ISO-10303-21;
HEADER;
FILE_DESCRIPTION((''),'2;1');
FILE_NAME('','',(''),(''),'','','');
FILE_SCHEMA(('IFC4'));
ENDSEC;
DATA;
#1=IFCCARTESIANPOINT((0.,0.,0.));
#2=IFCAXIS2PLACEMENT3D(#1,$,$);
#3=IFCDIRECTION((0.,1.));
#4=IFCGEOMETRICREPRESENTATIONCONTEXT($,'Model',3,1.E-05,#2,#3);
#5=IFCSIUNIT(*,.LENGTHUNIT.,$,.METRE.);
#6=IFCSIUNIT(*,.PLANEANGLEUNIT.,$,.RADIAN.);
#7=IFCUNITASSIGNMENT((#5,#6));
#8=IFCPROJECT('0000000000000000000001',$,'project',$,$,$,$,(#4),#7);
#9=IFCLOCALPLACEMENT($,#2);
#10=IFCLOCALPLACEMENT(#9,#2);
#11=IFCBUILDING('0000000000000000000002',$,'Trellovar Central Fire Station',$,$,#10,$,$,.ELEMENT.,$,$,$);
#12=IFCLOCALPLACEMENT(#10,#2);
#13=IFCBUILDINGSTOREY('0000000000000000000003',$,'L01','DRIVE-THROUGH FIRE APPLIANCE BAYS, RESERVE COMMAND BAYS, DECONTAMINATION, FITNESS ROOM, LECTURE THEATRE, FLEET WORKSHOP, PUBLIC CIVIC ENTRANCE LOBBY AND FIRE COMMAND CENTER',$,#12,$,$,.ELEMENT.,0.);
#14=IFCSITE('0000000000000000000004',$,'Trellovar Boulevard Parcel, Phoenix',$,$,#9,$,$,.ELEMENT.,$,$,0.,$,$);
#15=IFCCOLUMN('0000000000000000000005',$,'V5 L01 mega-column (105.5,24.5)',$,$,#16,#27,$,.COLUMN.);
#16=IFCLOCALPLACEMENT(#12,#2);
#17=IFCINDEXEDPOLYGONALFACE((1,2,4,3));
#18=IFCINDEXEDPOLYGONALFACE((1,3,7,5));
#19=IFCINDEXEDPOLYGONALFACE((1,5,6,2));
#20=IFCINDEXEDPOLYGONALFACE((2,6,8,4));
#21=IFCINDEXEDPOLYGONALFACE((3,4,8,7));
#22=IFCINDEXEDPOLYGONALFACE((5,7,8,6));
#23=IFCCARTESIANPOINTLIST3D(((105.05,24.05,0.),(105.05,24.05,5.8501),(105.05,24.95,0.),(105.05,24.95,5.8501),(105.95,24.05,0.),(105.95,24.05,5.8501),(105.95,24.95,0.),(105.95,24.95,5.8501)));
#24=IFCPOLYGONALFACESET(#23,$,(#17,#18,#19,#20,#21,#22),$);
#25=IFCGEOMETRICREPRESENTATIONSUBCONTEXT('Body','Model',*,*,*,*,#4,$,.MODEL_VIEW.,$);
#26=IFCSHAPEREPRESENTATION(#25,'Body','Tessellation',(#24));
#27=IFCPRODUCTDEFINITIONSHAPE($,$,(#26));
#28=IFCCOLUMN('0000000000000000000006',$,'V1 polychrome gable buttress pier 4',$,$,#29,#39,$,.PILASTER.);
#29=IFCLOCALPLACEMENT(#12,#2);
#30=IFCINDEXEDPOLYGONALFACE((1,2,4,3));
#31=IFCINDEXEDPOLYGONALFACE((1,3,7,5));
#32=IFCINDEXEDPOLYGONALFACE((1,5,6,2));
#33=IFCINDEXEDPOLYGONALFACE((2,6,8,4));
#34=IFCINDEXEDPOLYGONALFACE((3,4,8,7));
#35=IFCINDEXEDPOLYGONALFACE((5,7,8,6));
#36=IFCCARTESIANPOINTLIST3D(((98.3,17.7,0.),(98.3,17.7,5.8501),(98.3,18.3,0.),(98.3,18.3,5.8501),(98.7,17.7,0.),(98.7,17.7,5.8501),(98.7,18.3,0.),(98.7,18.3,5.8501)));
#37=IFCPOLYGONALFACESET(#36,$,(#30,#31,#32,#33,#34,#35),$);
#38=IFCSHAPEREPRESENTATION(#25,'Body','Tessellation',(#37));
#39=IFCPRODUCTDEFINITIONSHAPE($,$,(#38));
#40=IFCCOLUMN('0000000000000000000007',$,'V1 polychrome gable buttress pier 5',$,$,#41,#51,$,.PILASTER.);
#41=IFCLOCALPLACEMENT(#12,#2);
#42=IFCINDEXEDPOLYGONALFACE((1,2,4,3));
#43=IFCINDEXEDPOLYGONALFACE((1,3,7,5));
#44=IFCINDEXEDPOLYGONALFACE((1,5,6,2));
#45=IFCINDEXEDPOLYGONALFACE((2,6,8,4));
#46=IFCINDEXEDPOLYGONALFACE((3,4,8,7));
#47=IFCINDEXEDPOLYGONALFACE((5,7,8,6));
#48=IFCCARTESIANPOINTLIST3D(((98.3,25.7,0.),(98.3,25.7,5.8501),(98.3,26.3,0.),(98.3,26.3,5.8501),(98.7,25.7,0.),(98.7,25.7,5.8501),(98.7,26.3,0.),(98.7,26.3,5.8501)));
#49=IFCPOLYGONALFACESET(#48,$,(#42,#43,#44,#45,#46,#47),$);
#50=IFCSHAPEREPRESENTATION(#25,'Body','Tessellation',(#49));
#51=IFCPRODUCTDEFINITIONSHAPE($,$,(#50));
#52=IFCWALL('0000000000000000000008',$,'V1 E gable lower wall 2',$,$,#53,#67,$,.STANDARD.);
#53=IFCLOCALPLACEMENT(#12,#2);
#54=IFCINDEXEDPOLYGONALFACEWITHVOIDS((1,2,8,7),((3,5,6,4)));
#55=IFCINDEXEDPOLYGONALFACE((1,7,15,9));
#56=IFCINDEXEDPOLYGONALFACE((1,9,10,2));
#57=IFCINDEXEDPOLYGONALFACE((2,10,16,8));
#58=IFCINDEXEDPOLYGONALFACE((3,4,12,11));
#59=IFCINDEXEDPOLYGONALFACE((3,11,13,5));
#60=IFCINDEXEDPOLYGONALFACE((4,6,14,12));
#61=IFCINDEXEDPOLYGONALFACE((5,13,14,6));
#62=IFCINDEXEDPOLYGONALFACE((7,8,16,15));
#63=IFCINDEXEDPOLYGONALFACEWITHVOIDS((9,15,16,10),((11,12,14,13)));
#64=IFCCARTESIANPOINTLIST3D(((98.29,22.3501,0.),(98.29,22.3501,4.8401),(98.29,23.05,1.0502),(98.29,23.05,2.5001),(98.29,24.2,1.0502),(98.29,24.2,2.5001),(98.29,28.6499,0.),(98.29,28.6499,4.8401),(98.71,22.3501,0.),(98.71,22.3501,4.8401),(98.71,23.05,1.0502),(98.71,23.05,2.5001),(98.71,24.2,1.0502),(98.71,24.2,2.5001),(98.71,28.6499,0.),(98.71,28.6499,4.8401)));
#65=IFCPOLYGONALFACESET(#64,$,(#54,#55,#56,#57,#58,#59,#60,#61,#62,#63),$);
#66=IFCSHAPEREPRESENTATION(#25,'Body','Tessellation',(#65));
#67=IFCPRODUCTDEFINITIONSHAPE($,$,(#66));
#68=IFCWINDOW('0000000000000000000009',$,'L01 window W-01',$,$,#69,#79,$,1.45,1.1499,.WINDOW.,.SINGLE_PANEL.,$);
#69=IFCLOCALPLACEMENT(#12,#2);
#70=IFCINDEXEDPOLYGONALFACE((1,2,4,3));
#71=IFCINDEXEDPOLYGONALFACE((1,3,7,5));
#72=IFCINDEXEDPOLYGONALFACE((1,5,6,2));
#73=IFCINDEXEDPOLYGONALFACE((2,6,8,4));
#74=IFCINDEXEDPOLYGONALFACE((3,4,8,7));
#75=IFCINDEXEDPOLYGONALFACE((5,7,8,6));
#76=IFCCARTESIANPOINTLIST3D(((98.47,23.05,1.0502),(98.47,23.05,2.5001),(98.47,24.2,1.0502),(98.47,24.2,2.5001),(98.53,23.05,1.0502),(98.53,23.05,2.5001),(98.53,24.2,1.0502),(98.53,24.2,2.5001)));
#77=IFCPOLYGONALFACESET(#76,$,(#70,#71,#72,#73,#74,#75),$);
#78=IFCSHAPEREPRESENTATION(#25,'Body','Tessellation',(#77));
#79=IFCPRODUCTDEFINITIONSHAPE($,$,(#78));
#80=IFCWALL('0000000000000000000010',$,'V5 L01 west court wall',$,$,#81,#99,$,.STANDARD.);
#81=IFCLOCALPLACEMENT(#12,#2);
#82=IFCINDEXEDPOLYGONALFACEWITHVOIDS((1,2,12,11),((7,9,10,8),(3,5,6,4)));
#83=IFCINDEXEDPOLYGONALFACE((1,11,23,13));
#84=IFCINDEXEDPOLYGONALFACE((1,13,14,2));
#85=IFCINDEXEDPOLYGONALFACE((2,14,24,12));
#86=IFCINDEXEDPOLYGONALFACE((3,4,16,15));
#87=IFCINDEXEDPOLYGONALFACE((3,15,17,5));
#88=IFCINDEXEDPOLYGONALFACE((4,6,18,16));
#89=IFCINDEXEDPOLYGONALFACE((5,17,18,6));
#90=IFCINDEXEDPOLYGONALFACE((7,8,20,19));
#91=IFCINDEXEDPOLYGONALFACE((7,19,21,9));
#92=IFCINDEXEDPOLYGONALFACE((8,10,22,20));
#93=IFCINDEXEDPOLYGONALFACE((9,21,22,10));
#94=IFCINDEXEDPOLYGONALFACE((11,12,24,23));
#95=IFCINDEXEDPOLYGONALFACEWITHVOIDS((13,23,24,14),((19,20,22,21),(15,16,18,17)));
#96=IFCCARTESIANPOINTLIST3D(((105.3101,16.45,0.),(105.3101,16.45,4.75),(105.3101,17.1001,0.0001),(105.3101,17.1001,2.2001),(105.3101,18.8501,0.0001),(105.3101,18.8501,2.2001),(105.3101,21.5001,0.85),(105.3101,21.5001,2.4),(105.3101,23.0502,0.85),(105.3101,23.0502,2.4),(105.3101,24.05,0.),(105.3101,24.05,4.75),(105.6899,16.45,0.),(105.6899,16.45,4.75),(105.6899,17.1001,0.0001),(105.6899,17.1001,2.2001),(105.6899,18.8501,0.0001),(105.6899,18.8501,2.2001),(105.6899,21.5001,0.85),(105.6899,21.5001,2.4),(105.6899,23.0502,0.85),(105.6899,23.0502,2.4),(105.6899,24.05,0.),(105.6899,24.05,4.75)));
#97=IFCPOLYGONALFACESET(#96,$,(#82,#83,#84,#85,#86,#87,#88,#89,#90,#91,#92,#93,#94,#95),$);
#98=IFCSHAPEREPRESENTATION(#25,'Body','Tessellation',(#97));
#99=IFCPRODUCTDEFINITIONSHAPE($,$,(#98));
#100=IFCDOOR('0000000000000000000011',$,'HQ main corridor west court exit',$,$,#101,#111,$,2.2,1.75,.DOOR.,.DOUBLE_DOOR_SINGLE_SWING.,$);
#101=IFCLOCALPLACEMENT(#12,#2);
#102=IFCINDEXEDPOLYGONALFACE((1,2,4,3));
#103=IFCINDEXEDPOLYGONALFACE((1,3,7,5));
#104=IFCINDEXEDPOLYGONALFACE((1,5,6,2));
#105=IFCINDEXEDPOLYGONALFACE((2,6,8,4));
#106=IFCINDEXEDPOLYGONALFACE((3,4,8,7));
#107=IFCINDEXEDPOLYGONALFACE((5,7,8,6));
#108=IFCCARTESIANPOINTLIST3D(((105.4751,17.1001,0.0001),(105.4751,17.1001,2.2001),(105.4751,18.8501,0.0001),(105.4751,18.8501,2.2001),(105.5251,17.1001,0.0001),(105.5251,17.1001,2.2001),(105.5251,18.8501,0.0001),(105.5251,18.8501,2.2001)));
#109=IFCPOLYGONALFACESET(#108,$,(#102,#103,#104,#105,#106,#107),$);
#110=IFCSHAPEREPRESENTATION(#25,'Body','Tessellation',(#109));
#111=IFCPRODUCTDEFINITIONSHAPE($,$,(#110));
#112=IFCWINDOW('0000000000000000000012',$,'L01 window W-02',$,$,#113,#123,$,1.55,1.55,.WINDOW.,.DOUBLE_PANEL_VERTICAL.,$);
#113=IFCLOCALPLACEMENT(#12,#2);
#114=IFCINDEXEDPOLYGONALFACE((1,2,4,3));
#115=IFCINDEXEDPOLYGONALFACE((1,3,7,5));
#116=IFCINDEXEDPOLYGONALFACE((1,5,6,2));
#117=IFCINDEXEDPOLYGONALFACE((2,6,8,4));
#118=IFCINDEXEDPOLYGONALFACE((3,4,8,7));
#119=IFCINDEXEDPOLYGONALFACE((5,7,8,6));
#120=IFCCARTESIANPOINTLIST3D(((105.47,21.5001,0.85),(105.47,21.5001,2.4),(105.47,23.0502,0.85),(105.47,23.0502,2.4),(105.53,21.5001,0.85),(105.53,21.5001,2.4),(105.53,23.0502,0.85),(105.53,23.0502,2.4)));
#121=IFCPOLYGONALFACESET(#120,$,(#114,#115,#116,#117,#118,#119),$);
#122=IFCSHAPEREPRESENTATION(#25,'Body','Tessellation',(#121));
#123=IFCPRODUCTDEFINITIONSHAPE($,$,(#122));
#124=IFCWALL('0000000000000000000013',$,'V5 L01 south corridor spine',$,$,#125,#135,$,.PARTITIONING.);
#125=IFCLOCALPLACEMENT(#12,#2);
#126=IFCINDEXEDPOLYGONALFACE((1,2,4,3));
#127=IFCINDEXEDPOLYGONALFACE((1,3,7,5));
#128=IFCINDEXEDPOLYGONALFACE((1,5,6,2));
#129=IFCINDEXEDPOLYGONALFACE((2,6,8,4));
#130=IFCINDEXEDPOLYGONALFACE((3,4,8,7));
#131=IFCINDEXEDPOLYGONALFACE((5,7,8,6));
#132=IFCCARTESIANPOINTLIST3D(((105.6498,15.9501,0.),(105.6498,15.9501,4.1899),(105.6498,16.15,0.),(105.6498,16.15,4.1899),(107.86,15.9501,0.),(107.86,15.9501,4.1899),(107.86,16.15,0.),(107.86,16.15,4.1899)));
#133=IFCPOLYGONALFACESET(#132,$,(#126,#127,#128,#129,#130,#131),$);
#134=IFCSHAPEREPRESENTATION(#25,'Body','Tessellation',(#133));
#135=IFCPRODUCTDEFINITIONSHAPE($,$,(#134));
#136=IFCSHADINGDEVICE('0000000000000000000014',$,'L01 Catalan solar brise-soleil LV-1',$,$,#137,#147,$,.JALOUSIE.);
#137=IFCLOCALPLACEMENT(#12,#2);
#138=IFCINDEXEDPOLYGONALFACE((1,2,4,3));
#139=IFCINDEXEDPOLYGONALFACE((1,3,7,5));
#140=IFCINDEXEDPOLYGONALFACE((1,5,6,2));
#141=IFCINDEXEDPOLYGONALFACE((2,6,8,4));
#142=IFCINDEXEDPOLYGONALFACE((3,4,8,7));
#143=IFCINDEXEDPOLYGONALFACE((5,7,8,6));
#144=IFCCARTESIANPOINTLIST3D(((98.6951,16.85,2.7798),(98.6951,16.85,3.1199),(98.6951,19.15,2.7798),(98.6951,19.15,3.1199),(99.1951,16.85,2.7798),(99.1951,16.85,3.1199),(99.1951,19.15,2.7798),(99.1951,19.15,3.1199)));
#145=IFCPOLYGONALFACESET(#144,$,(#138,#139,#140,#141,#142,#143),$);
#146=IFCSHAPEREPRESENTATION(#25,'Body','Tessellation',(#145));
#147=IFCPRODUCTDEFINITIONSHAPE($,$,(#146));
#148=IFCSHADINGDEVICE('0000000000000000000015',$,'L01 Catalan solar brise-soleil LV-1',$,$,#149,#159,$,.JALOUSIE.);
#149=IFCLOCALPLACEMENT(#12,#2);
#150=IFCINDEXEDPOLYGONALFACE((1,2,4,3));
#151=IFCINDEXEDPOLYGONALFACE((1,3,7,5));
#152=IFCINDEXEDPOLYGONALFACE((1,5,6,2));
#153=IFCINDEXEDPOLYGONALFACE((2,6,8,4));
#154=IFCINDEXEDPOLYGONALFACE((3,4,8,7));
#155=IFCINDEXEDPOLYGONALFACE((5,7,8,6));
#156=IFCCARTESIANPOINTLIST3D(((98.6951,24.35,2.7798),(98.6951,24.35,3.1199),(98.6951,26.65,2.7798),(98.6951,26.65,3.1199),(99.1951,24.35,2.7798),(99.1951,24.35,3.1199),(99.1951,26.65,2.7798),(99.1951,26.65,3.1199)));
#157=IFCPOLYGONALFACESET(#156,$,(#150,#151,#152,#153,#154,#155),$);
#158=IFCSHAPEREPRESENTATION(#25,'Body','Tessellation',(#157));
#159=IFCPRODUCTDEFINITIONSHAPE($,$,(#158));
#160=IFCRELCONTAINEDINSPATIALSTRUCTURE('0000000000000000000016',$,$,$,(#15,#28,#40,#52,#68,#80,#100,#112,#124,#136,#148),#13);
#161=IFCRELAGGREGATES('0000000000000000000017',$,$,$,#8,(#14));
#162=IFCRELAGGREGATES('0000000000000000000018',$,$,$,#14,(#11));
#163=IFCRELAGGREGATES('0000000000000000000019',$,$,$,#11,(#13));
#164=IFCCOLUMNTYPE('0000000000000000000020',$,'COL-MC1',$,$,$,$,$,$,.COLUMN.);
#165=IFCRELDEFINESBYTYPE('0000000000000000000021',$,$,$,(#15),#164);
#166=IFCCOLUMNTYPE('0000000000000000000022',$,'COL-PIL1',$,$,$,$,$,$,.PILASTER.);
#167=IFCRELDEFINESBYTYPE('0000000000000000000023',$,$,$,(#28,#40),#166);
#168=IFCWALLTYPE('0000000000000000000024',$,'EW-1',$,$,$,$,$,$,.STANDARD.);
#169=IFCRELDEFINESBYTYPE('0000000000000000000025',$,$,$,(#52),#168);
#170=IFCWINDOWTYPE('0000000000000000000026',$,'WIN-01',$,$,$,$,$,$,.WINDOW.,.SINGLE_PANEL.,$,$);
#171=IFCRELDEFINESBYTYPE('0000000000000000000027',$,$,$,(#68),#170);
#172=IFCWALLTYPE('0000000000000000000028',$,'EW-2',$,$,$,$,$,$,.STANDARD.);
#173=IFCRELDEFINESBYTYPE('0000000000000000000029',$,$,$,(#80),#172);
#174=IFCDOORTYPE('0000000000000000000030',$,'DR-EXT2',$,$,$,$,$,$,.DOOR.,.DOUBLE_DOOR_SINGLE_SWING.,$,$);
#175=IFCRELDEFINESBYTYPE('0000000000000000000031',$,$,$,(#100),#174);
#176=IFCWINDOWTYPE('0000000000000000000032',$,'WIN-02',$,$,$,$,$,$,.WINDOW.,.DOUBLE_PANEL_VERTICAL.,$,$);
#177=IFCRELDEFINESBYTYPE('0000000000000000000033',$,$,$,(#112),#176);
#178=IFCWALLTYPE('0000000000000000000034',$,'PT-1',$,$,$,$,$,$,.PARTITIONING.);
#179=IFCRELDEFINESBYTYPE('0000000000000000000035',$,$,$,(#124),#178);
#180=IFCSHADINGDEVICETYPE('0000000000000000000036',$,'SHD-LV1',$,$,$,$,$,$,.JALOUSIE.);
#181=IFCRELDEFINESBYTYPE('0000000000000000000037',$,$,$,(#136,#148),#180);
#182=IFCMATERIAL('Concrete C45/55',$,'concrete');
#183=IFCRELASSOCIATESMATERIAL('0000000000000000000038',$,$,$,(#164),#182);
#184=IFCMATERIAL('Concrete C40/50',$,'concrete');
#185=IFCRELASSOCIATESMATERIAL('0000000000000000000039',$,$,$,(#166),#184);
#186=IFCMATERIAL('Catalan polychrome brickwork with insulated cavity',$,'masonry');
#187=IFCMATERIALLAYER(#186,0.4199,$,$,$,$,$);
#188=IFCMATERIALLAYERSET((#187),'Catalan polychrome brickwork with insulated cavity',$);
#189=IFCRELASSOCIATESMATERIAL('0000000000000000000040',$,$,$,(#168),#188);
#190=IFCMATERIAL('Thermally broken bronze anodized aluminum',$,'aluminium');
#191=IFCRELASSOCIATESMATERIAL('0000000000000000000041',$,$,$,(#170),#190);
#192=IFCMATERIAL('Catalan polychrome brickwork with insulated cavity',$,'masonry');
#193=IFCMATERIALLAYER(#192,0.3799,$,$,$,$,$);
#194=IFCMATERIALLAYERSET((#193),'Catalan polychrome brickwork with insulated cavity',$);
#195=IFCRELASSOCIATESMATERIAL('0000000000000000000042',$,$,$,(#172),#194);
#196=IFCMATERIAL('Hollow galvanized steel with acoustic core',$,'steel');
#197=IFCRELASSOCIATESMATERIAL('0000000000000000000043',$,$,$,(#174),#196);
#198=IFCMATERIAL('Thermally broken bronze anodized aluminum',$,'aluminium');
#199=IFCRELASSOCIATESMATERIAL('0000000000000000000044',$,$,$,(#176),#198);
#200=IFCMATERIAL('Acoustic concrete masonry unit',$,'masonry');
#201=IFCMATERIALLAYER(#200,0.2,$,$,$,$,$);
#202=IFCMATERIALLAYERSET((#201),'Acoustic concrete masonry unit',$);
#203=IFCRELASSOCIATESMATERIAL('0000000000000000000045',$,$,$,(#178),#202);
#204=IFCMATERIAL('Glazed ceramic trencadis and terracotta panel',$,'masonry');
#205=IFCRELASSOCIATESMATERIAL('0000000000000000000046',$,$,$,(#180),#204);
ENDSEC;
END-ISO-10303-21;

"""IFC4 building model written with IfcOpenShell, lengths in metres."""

from ifc_helpers import new_model, si_unit, direction, frame, frame_2d, origin, origin_2d, place, context, subcontext, project, spatial, rectangle, extrude, material, layer, layer_set, material_profile, profile_set, type_object, element, fill, save


model = new_model("IFC4")

# Units and contexts
model_context = context("Model", 3, precision=1e-05, world=origin(), true_north=direction((0.0, 1.0)))
body_context = subcontext(model_context, "Body", "Model", "MODEL_VIEW")
ifc_project = project(units=[si_unit("LENGTHUNIT", "METRE"), si_unit("PLANEANGLEUNIT", "RADIAN")], contexts=[model_context])

# Site, building, storey
site_placement = place(None, origin())
site = spatial("IfcSite", under=ifc_project, at=site_placement, Name="Trellovar Boulevard Parcel, Phoenix", CompositionType="ELEMENT", RefElevation=0.0)
building_placement = place(site_placement, origin())
building = spatial("IfcBuilding", under=site, at=building_placement, Name="Trellovar Central Fire Station", CompositionType="ELEMENT")
storey_placement = place(building_placement, origin())
storey = spatial("IfcBuildingStorey", under=building, at=storey_placement, Name="L01", Description="DRIVE-THROUGH FIRE APPLIANCE BAYS, RESERVE COMMAND BAYS, DECONTAMINATION, FITNESS ROOM, LECTURE THEATRE, FLEET WORKSHOP, PUBLIC CIVIC ENTRANCE LOBBY AND FIRE COMMAND CENTER", CompositionType="ELEMENT", Elevation=0.0)

# Columns
ifc_material_1 = material(Name="Concrete C45/55", Category="concrete")
ifc_material_profile_1 = material_profile(ifc_material_1, rectangle(XDim=0.8999, YDim=0.8999, at=origin_2d()), Name="RC900X900")
ifc_profile_set_1 = profile_set([ifc_material_profile_1], Name="Concrete C45/55")
column_type_1 = type_object("IfcColumnType", Name="COL-MC1", PredefinedType="COLUMN", material=ifc_profile_set_1)
column_1_placement = place(storey_placement, frame((105.5, 24.5, 0.0), z_axis=(0.0, 0.0, 1.0), x_axis=(1.0, 0.0, 0.0)))
element("IfcColumn", 1, at=column_1_placement, inside=storey, type_object=column_type_1, Name="V5 L01 mega-column (105.5,24.5)", PredefinedType="COLUMN", context=body_context, shape_type="SweptSolid", body=[
    extrude(rectangle(XDim=0.8999, YDim=0.8999, at=origin_2d()), origin(), (0.0, 0.0, 1.0), 5.8501),
])
ifc_material_2 = material(Name="Concrete C40/50", Category="concrete")
ifc_material_profile_2 = material_profile(ifc_material_2, rectangle(XDim=0.3999, YDim=0.6001, at=origin_2d()), Name="RC400X600")
ifc_profile_set_2 = profile_set([ifc_material_profile_2], Name="Concrete C40/50")
column_type_2 = type_object("IfcColumnType", Name="COL-PIL1", PredefinedType="PILASTER", material=ifc_profile_set_2)
for number, where, z_axis, x_axis, name in (
    (2, (98.5, 18.0, 0.0), (0.0, 0.0, 1.0), (1.0, 0.0, 0.0), "V1 polychrome gable buttress pier 4"),
    (3, (98.5, 26.0, 0.0), (0.0, 0.0, 1.0), (1.0, 0.0, 0.0), "V1 polychrome gable buttress pier 5"),
):
    element("IfcColumn", number, at=place(storey_placement, frame(where, z_axis=z_axis, x_axis=x_axis)), inside=storey, type_object=column_type_2, Name=name, PredefinedType="PILASTER", context=body_context, shape_type="SweptSolid", body=[
        extrude(rectangle(XDim=0.3999, YDim=0.6001, at=origin_2d()), origin(), (0.0, 0.0, 1.0), 5.8501),
    ])

# Wall, opening, window
ifc_material_3 = material(Name="Catalan polychrome brickwork with insulated cavity", Category="masonry")
ifc_layer_1 = layer(ifc_material_3, 0.4199)
ifc_layer_set_1 = layer_set([ifc_layer_1], Name="Catalan polychrome brickwork with insulated cavity")
wall_type_1 = type_object("IfcWallType", Name="EW-1", PredefinedType="STANDARD", material=ifc_layer_set_1)
wall_1_placement = place(storey_placement, frame((98.5, 22.3501, 0.0), z_axis=(0.0, 0.0, 1.0), x_axis=(0.0, 1.0, 0.0)))
wall_1 = element("IfcWall", 4, at=wall_1_placement, inside=storey, type_object=wall_type_1, Name="V1 E gable lower wall 2", PredefinedType="STANDARD", context=body_context, shape_type="SweptSolid", body=[
    extrude(rectangle(XDim=6.2998, YDim=0.4199, at=frame_2d((3.1499, 0.0))), origin(), (0.0, 0.0, 1.0), 4.8401),
])
opening_1_placement = place(wall_1_placement, frame((0.7, 0.0, 1.05)))
opening_1 = element("IfcOpeningElement", 5, at=opening_1_placement, cuts=wall_1, PredefinedType="OPENING", context=body_context, shape_type="SweptSolid", body=[
    extrude(rectangle(XDim=1.1499, YDim=1.45, at=frame_2d((0.575, 0.7251))), frame((0.0, 0.22, 0.0), z_axis=(0.0, -1.0, 0.0), x_axis=(1.0, 0.0, 0.0)), (0.0, 0.0, 1.0), 0.4399),
])
ifc_material_4 = material(Name="Thermally broken bronze anodized aluminum", Category="aluminium")
window_type_1 = type_object("IfcWindowType", Name="WIN-01", PartitioningType="SINGLE_PANEL", PredefinedType="WINDOW", material=ifc_material_4)
window_1_placement = place(opening_1_placement, origin())
window_1 = element("IfcWindow", 6, at=window_1_placement, inside=storey, type_object=window_type_1, Name="L01 window W-01", OverallHeight=1.45, OverallWidth=1.1499, PartitioningType="SINGLE_PANEL", PredefinedType="WINDOW", context=body_context, shape_type="SweptSolid", body=[
    extrude(rectangle(XDim=1.1499, YDim=1.45, at=frame_2d((0.575, 0.7251))), frame((0.0, 0.03, 0.0), z_axis=(0.0, -1.0, 0.0), x_axis=(1.0, 0.0, 0.0)), (0.0, 0.0, 1.0), 0.0601),
])
fill(opening_1, window_1)

# Wall, openings, door, window
ifc_material_5 = material(Name="Catalan polychrome brickwork with insulated cavity", Category="masonry")
ifc_layer_2 = layer(ifc_material_5, 0.3799)
ifc_layer_set_2 = layer_set([ifc_layer_2], Name="Catalan polychrome brickwork with insulated cavity")
wall_type_2 = type_object("IfcWallType", Name="EW-2", PredefinedType="STANDARD", material=ifc_layer_set_2)
wall_2_placement = place(storey_placement, frame((105.5, 24.05, 0.0), z_axis=(0.0, 0.0, 1.0), x_axis=(0.0, -1.0, 0.0)))
wall_2 = element("IfcWall", 7, at=wall_2_placement, inside=storey, type_object=wall_type_2, Name="V5 L01 west court wall", PredefinedType="STANDARD", context=body_context, shape_type="SweptSolid", body=[
    extrude(rectangle(XDim=7.6001, YDim=0.3799, at=frame_2d((3.8, 0.0))), origin(), (0.0, 0.0, 1.0), 4.75),
])
opening_2_placement = place(wall_2_placement, frame((5.2, 0.0, 0.0)))
opening_2 = element("IfcOpeningElement", 8, at=opening_2_placement, cuts=wall_2, PredefinedType="OPENING", context=body_context, shape_type="SweptSolid", body=[
    extrude(rectangle(XDim=1.75, YDim=2.2, at=frame_2d((0.875, 1.1001))), frame((0.0, 0.2, 0.0), z_axis=(0.0, -1.0, 0.0), x_axis=(1.0, 0.0, 0.0)), (0.0, 0.0, 1.0), 0.3999),
])
opening_3_placement = place(wall_2_placement, frame((1.0, 0.0, 0.8501)))
opening_3 = element("IfcOpeningElement", 9, at=opening_3_placement, cuts=wall_2, PredefinedType="OPENING", context=body_context, shape_type="SweptSolid", body=[
    extrude(rectangle(XDim=1.55, YDim=1.55, at=frame_2d((0.7749, 0.7749))), frame((0.0, 0.2, 0.0), z_axis=(0.0, -1.0, 0.0), x_axis=(1.0, 0.0, 0.0)), (0.0, 0.0, 1.0), 0.3999),
])
ifc_material_6 = material(Name="Hollow galvanized steel with acoustic core", Category="steel")
door_type = type_object("IfcDoorType", Name="DR-EXT2", OperationType="DOUBLE_DOOR_SINGLE_SWING", PredefinedType="DOOR", material=ifc_material_6)
door_placement = place(opening_2_placement, frame((1.75, 0.0, 0.0), z_axis=(0.0, 0.0, 1.0), x_axis=(-1.0, 0.0, 0.0)))
door = element("IfcDoor", 10, at=door_placement, inside=storey, type_object=door_type, Name="HQ main corridor west court exit", OperationType="DOUBLE_DOOR_SINGLE_SWING", OverallHeight=2.2, OverallWidth=1.75, PredefinedType="DOOR", context=body_context, shape_type="SweptSolid", body=[
    extrude(rectangle(XDim=1.75, YDim=2.2, at=frame_2d((0.875, 1.1001))), frame((0.0, 0.0249, 0.0), z_axis=(0.0, -1.0, 0.0), x_axis=(1.0, 0.0, 0.0)), (0.0, 0.0, 1.0), 0.05),
])
fill(opening_2, door)
ifc_material_7 = material(Name="Thermally broken bronze anodized aluminum", Category="aluminium")
window_type_2 = type_object("IfcWindowType", Name="WIN-02", PartitioningType="DOUBLE_PANEL_VERTICAL", PredefinedType="WINDOW", material=ifc_material_7)
window_2_placement = place(opening_3_placement, origin())
window_2 = element("IfcWindow", 11, at=window_2_placement, inside=storey, type_object=window_type_2, Name="L01 window W-02", OverallHeight=1.55, OverallWidth=1.55, PartitioningType="DOUBLE_PANEL_VERTICAL", PredefinedType="WINDOW", context=body_context, shape_type="SweptSolid", body=[
    extrude(rectangle(XDim=1.55, YDim=1.55, at=frame_2d((0.7749, 0.7749))), frame((0.0, 0.03, 0.0), z_axis=(0.0, -1.0, 0.0), x_axis=(1.0, 0.0, 0.0)), (0.0, 0.0, 1.0), 0.0601),
])
fill(opening_3, window_2)

# Wall
ifc_material_8 = material(Name="Acoustic concrete masonry unit", Category="masonry")
ifc_layer_3 = layer(ifc_material_8, 0.2)
ifc_layer_set_3 = layer_set([ifc_layer_3], Name="Acoustic concrete masonry unit")
wall_type_3 = type_object("IfcWallType", Name="PT-1", PredefinedType="PARTITIONING", material=ifc_layer_set_3)
wall_3_placement = place(storey_placement, frame((105.6499, 16.05, 0.0), z_axis=(0.0, 0.0, 1.0), x_axis=(1.0, 0.0, 0.0)))
element("IfcWall", 12, at=wall_3_placement, inside=storey, type_object=wall_type_3, Name="V5 L01 south corridor spine", PredefinedType="PARTITIONING", context=body_context, shape_type="SweptSolid", body=[
    extrude(rectangle(XDim=2.2102, YDim=0.2, at=frame_2d((1.105, 0.0))), origin(), (0.0, 0.0, 1.0), 4.1899),
])

# Shading devices
ifc_material_9 = material(Name="Glazed ceramic trencadis and terracotta panel", Category="masonry")
shading_device_type = type_object("IfcShadingDeviceType", Name="SHD-LV1", PredefinedType="JALOUSIE", material=ifc_material_9)
for number, where, z_axis, x_axis, name in (
    (13, (98.9451, 18.0, 2.7798), (0.0, 0.0, 1.0), (0.0, 1.0, 0.0), "L01 Catalan solar brise-soleil LV-1"),
    (14, (98.9451, 25.5, 2.7798), (0.0, 0.0, 1.0), (0.0, 1.0, 0.0), "L01 Catalan solar brise-soleil LV-1"),
):
    element("IfcShadingDevice", number, at=place(storey_placement, frame(where, z_axis=z_axis, x_axis=x_axis)), inside=storey, type_object=shading_device_type, Name=name, PredefinedType="JALOUSIE", context=body_context, shape_type="SweptSolid", body=[
        extrude(rectangle(XDim=2.3, YDim=0.5, at=origin_2d()), origin(), (0.0, 0.0, 1.0), 0.3401),
    ])

save(model, "model.ifc")
